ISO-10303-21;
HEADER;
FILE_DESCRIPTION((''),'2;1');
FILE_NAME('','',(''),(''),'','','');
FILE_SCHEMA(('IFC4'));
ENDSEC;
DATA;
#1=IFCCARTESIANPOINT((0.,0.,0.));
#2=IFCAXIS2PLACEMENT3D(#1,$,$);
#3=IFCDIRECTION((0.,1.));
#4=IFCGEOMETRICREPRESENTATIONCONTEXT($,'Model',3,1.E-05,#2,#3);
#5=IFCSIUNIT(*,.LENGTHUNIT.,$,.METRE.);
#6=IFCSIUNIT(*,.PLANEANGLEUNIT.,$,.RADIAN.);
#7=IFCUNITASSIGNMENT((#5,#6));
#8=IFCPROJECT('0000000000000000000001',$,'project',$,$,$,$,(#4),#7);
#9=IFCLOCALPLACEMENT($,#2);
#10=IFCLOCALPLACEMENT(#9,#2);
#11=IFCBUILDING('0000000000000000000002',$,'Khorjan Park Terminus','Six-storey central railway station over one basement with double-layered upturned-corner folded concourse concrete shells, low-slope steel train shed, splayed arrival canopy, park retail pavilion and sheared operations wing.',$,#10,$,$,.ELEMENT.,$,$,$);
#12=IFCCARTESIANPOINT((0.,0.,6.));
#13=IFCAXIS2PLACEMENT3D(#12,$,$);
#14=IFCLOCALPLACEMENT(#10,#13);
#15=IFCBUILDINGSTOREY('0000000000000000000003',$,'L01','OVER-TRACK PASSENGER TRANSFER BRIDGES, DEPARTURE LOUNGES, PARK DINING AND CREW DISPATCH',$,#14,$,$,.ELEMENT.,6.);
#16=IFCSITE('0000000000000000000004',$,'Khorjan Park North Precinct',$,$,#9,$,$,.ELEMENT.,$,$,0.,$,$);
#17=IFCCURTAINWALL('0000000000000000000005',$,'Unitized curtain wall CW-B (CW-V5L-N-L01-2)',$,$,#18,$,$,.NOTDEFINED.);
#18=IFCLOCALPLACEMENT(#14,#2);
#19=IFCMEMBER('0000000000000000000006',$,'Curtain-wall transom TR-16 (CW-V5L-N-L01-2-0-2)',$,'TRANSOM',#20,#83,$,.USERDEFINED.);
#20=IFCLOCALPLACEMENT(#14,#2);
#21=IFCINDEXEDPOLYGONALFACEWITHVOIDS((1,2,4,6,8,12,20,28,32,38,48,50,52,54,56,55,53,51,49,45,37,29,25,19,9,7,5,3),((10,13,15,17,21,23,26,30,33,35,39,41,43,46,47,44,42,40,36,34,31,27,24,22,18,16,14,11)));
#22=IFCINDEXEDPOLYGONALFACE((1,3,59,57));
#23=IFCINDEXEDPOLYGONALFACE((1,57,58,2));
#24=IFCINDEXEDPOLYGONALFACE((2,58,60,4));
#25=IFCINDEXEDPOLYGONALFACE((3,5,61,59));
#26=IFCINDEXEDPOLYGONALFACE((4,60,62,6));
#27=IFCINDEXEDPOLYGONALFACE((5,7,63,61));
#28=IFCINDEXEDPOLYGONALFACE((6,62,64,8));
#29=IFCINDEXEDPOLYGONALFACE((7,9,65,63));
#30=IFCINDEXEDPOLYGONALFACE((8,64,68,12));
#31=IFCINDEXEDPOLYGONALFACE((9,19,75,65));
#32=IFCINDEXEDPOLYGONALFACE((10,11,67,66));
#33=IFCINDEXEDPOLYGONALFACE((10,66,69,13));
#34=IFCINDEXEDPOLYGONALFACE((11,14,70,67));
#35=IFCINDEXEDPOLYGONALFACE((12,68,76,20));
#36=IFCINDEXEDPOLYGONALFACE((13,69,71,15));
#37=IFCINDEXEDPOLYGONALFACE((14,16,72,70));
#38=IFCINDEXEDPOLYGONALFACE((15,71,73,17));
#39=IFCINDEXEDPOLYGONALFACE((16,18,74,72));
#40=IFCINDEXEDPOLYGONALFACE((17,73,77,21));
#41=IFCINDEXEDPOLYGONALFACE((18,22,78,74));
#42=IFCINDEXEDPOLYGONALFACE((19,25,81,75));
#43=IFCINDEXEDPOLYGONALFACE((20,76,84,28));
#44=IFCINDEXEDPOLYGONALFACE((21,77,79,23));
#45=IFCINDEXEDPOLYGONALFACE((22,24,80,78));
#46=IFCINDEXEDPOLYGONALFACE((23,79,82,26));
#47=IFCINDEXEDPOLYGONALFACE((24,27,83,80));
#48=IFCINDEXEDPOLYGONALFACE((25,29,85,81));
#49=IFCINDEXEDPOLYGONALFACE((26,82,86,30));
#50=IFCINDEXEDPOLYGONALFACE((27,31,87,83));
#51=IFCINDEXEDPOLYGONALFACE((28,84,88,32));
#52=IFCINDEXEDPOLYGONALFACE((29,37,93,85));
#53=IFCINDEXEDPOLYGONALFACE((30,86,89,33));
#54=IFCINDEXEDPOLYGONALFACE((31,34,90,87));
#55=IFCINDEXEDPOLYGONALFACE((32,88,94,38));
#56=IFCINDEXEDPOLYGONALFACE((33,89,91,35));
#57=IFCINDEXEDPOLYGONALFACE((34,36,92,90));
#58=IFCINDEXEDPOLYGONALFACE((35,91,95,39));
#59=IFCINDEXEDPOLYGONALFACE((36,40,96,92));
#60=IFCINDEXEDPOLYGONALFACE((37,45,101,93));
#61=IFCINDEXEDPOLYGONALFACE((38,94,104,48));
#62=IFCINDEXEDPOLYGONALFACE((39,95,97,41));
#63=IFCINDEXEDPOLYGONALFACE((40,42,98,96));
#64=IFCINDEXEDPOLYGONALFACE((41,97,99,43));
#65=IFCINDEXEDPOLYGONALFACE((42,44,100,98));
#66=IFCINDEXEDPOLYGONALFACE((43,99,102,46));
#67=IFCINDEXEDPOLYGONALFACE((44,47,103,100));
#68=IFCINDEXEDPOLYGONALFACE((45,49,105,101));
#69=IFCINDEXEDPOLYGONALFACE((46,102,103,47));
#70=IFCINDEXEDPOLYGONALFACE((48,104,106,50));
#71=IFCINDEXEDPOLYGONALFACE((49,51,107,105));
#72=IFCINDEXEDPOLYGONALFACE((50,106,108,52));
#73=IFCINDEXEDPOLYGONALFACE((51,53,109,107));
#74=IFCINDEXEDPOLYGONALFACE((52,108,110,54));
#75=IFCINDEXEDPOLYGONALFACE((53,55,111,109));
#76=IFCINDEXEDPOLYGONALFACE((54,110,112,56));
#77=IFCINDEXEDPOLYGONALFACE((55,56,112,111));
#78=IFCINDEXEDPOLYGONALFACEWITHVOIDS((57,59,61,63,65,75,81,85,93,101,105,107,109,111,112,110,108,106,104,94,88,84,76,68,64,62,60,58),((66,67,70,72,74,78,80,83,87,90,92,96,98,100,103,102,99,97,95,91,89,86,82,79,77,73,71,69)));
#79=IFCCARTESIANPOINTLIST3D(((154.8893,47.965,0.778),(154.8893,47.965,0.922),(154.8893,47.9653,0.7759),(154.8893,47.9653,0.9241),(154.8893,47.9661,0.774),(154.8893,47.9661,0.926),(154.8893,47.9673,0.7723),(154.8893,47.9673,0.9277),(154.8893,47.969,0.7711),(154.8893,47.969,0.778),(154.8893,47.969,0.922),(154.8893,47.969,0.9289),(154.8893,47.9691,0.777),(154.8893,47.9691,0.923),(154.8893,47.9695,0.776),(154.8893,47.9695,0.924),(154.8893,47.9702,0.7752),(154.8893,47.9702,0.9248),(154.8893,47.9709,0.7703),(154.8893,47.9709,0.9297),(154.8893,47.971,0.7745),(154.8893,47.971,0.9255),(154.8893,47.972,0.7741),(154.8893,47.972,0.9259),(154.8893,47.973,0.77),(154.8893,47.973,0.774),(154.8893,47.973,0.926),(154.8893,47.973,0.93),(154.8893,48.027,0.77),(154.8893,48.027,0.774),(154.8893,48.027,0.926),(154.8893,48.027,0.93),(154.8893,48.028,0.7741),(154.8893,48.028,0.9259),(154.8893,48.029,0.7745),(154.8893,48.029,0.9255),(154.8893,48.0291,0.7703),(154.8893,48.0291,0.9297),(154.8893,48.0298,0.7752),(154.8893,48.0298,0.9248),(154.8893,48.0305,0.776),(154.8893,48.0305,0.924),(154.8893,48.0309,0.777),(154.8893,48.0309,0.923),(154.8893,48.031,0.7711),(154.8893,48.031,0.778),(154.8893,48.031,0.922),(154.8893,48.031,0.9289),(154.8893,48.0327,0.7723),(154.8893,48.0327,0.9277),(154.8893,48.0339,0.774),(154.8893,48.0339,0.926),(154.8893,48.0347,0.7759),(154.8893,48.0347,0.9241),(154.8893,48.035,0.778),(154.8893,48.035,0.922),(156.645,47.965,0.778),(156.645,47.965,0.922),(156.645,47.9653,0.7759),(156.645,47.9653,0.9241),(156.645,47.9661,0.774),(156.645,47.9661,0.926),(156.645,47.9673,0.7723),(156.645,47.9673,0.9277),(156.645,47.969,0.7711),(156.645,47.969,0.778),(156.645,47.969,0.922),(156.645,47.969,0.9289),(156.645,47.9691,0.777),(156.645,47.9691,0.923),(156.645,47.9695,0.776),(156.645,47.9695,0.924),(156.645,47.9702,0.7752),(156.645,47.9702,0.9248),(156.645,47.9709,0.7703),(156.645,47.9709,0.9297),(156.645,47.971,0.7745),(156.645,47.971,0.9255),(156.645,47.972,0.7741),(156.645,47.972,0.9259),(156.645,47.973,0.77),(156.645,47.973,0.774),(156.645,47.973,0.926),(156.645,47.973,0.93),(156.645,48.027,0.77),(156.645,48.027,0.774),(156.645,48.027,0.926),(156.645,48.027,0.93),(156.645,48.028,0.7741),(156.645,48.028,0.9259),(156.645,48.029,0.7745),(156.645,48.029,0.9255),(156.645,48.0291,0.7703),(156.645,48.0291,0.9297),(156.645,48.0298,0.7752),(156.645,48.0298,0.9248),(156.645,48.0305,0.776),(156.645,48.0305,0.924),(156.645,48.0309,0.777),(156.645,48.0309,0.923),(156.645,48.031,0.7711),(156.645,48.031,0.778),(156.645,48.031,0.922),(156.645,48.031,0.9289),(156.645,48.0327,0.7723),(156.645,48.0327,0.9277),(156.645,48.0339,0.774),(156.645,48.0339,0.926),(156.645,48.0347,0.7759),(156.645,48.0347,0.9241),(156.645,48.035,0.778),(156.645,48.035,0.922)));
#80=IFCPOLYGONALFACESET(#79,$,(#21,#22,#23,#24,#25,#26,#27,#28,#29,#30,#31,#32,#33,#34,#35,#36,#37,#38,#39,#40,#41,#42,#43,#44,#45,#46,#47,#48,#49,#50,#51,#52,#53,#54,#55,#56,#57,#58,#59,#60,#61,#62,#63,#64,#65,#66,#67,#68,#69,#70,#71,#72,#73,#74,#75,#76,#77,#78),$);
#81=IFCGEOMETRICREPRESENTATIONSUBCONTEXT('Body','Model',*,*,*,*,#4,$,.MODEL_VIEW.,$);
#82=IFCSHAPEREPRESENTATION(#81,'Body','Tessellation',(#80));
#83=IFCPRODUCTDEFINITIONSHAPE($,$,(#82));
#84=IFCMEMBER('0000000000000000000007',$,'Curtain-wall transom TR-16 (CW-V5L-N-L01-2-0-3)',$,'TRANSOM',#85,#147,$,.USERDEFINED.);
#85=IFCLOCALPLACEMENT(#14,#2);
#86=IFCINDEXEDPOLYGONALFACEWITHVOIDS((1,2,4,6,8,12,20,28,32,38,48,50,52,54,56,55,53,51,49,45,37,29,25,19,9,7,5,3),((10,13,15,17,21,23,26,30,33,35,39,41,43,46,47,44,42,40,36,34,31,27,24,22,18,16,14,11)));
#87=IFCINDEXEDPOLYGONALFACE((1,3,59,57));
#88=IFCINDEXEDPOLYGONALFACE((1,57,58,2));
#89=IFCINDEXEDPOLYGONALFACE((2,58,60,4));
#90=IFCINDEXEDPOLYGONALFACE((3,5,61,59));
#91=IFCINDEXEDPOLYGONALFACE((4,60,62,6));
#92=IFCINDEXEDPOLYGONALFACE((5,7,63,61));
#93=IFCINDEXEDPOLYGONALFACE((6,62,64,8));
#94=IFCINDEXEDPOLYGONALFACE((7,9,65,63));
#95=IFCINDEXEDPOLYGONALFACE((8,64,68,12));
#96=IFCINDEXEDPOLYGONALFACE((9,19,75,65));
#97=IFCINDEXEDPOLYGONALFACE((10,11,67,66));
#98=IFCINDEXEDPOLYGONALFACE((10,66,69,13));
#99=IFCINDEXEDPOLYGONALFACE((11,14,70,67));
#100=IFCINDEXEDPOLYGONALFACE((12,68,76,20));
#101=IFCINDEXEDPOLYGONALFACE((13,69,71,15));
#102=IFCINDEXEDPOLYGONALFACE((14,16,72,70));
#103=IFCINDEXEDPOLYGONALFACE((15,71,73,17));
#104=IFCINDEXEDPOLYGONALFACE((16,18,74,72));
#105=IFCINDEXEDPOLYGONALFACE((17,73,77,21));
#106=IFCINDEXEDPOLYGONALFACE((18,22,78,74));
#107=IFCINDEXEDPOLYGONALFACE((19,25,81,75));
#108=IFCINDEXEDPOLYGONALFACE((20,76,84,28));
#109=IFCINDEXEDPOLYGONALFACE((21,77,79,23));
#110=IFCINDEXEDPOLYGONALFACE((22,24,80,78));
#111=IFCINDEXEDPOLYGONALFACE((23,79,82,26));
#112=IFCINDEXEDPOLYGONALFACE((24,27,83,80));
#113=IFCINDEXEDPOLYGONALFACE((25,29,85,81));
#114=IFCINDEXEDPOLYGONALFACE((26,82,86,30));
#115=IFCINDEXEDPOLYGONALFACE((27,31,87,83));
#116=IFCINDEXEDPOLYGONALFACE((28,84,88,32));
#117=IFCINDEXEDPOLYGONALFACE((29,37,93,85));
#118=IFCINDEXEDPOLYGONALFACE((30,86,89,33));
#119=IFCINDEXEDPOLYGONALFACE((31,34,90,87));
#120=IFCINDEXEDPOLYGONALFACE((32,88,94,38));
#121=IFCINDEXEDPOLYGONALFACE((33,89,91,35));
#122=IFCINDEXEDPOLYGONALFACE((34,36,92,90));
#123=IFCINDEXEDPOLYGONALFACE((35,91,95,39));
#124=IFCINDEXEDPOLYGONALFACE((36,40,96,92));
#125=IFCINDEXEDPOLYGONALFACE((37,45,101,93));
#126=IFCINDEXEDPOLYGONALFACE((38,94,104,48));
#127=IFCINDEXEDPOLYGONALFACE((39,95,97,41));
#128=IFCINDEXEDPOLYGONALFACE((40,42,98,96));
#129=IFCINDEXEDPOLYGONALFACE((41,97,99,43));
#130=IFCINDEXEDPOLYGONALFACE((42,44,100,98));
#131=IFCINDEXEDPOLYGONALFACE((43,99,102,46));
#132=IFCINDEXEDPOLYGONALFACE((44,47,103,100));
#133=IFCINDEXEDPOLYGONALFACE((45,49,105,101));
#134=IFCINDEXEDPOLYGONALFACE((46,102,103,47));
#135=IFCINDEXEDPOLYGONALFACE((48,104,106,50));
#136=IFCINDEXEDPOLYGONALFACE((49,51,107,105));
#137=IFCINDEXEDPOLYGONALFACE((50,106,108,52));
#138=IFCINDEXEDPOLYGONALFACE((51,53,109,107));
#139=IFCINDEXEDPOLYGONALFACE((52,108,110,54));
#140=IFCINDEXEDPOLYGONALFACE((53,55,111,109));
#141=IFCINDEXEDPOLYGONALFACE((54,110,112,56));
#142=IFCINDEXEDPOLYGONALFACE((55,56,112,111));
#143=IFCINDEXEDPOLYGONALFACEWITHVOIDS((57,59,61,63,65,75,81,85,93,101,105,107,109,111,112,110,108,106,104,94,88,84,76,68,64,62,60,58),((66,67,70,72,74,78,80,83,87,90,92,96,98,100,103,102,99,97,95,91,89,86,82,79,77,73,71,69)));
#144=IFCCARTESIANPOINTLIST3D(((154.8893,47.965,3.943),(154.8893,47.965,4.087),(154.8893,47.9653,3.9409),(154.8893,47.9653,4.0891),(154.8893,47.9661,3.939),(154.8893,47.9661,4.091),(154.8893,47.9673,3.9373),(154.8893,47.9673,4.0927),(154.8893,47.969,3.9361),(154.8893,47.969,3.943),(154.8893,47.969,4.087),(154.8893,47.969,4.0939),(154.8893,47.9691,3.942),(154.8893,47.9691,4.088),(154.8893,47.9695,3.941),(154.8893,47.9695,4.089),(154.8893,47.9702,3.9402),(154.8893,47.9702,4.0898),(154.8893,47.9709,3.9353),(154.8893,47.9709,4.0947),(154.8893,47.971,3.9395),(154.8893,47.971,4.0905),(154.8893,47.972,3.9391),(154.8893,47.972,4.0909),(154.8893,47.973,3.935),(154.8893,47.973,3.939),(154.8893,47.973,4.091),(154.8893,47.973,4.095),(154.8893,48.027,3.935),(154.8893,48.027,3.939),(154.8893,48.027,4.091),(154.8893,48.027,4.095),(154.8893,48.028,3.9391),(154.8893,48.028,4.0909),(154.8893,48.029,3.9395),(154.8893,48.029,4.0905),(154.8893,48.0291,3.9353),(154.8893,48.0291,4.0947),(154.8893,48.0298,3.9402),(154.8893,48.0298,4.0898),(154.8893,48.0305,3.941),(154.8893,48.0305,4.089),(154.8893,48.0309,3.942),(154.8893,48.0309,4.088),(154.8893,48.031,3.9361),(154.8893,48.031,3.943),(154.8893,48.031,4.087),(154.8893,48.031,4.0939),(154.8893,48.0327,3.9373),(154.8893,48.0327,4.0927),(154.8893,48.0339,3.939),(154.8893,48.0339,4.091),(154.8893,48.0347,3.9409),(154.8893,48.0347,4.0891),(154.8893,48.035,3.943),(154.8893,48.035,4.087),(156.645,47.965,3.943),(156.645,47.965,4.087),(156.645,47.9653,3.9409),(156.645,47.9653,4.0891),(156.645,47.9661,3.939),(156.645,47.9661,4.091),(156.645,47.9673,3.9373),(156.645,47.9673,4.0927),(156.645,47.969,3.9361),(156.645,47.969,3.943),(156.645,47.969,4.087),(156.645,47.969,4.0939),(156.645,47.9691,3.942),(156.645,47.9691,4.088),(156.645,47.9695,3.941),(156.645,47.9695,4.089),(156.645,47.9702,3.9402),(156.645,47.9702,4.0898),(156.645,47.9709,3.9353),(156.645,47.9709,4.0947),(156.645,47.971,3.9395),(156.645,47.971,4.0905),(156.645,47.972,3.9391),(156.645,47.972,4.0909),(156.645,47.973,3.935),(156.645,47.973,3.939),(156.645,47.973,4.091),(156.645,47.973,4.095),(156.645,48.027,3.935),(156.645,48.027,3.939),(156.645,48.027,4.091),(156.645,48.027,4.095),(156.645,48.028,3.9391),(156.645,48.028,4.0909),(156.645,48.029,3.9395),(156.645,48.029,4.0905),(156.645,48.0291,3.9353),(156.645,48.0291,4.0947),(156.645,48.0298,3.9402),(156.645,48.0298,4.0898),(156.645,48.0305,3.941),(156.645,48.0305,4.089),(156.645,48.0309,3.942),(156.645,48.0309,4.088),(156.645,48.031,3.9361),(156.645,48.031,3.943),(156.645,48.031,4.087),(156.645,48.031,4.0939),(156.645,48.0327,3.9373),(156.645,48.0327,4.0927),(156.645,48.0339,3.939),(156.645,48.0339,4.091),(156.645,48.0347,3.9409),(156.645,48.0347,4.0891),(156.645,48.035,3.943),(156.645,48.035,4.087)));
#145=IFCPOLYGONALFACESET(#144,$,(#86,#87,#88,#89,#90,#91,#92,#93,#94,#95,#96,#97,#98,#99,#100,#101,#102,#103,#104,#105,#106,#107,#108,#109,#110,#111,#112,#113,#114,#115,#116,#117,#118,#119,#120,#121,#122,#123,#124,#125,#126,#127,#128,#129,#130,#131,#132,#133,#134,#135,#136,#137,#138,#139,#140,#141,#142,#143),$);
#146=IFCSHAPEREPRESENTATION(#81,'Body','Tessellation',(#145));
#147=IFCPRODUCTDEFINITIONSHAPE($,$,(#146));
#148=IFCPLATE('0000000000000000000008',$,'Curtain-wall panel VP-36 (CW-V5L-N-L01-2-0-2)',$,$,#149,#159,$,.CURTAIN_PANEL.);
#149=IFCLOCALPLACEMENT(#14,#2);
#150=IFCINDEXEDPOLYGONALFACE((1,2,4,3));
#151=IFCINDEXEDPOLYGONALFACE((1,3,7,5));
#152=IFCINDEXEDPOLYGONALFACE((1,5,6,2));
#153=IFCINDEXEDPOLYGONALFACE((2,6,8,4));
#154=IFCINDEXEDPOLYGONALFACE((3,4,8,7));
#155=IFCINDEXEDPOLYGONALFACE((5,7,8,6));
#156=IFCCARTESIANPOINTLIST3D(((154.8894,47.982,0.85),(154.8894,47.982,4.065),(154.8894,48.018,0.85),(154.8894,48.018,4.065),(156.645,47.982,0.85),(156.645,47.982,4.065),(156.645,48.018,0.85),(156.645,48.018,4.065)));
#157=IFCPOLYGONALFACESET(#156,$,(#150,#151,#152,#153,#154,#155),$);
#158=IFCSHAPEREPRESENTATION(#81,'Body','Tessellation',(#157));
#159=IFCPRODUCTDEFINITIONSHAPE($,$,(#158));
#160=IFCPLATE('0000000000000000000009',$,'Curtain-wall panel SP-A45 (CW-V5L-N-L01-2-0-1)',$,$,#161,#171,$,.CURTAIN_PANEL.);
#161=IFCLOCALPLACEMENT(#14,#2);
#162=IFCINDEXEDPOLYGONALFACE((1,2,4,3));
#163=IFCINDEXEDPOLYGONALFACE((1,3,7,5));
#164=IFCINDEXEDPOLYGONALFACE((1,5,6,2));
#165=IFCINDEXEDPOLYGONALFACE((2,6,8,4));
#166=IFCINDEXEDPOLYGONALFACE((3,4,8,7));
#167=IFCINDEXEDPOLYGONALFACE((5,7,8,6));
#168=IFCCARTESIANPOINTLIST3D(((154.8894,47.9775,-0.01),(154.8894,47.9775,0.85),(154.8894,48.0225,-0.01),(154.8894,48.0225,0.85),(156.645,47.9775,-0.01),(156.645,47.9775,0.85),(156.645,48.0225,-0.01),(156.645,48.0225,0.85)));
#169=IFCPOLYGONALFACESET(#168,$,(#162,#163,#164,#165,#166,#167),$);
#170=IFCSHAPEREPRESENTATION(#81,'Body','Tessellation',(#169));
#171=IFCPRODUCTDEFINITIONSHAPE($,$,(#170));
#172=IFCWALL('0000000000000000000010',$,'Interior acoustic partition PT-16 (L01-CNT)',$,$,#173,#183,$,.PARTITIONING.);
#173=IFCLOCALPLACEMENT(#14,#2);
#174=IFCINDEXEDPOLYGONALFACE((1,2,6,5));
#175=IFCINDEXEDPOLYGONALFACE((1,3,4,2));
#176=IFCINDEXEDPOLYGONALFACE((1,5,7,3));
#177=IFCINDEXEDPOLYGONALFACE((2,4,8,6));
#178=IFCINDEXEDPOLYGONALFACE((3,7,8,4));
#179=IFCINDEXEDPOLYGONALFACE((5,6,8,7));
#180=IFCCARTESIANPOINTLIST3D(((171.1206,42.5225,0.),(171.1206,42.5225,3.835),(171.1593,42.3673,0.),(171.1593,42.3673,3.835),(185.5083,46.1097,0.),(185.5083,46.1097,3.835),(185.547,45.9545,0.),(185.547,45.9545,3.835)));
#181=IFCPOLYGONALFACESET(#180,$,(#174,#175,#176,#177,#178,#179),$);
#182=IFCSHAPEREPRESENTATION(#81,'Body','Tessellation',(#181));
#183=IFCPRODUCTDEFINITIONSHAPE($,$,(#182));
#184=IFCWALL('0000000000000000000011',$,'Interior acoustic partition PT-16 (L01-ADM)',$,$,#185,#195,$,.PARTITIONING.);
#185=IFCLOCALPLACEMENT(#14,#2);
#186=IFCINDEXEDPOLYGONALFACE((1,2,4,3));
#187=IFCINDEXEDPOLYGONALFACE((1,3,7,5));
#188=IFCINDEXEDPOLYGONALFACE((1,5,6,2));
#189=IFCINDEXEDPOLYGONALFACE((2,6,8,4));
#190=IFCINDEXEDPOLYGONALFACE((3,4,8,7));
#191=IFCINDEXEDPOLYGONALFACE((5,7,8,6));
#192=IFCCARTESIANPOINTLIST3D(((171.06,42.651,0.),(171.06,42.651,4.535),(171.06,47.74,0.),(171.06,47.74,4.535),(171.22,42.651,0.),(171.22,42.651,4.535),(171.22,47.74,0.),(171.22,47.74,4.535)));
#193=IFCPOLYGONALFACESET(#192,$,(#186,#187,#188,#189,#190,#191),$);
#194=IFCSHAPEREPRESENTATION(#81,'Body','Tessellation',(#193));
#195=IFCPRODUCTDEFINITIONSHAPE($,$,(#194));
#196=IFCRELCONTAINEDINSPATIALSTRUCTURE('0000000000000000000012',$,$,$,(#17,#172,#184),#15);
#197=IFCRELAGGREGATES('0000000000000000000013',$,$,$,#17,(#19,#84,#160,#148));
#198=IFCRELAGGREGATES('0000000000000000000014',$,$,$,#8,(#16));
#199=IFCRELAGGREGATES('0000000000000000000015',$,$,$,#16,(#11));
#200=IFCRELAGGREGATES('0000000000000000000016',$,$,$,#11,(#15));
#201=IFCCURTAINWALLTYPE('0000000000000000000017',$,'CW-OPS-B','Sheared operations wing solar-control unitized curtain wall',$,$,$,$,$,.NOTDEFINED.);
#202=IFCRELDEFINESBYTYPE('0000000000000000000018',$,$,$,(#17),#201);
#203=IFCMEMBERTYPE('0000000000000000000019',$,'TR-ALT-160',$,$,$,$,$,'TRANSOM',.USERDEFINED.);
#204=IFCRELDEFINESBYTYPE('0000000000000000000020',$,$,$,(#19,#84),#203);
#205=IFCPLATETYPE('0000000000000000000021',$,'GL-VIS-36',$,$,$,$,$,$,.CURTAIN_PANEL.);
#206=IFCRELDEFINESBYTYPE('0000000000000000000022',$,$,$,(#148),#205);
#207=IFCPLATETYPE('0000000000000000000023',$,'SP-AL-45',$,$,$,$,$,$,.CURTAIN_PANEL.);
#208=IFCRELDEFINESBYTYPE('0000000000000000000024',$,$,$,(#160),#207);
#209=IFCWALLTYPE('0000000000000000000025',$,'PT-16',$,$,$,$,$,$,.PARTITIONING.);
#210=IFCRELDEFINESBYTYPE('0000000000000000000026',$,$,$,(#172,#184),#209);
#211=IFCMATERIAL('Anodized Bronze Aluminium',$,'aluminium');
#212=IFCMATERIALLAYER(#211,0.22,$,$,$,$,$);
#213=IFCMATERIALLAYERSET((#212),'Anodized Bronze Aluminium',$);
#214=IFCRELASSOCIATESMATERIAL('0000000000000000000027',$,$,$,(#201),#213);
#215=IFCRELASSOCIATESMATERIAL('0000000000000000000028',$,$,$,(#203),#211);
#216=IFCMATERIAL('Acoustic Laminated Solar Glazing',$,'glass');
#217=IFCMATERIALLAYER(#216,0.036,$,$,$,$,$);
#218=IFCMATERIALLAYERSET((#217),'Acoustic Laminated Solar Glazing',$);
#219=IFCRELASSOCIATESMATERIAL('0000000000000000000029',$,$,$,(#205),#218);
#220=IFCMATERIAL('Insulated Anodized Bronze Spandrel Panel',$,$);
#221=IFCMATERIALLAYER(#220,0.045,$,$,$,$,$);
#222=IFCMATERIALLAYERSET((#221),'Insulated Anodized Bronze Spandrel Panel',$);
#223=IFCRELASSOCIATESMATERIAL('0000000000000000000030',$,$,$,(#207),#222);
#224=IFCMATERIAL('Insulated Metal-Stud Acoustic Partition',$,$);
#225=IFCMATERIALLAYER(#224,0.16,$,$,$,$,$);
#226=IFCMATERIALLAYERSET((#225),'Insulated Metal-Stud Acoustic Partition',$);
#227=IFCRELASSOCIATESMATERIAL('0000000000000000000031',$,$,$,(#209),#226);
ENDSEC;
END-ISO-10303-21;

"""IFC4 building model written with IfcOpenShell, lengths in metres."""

from ifc_helpers import new_model, si_unit, direction, frame, frame_2d, origin, origin_2d, place, context, subcontext, project, spatial, rectangle, hollow_rectangle, extrude, material, layer, layer_set, material_profile, profile_set, type_object, element, aggregate, save


model = new_model("IFC4")

# Units and contexts
model_context = context("Model", 3, precision=1e-05, world=origin(), true_north=direction((0.0, 1.0)))
body_context = subcontext(model_context, "Body", "Model", "MODEL_VIEW")
ifc_project = project(units=[si_unit("LENGTHUNIT", "METRE"), si_unit("PLANEANGLEUNIT", "RADIAN")], contexts=[model_context])

# Site, building, storey
site_placement = place(None, origin())
site = spatial("IfcSite", under=ifc_project, at=site_placement, Name="Khorjan Park North Precinct", CompositionType="ELEMENT", RefElevation=0.0)
building_placement = place(site_placement, origin())
building = spatial("IfcBuilding", under=site, at=building_placement, Name="Khorjan Park Terminus", Description="Six-storey central railway station over one basement with double-layered upturned-corner folded concourse concrete shells, low-slope steel train shed, splayed arrival canopy, park retail pavilion and sheared operations wing.", CompositionType="ELEMENT")
storey_placement = place(building_placement, frame((0.0, 0.0, 6.0)))
storey = spatial("IfcBuildingStorey", under=building, at=storey_placement, Name="L01", Description="OVER-TRACK PASSENGER TRANSFER BRIDGES, DEPARTURE LOUNGES, PARK DINING AND CREW DISPATCH", CompositionType="ELEMENT", Elevation=6.0)

# Curtain wall, members, plates
ifc_material_1 = material(Name="Anodized Bronze Aluminium", Category="aluminium")
ifc_layer_1 = layer(ifc_material_1, 0.22)
ifc_layer_set_1 = layer_set([ifc_layer_1], Name="Anodized Bronze Aluminium")
curtain_wall_type = type_object("IfcCurtainWallType", Name="CW-OPS-B", Description="Sheared operations wing solar-control unitized curtain wall", PredefinedType="NOTDEFINED", material=ifc_layer_set_1)
curtain_wall_placement = place(storey_placement, origin())
curtain_wall = element("IfcCurtainWall", 1, at=curtain_wall_placement, inside=storey, type_object=curtain_wall_type, Name="Unitized curtain wall CW-B (CW-V5L-N-L01-2)", PredefinedType="NOTDEFINED")
ifc_material_profile_1 = material_profile(ifc_material_1, hollow_rectangle(XDim=0.07, YDim=0.16, WallThickness=0.004, InnerFilletRadius=0.004, OuterFilletRadius=0.008, at=origin_2d()), Name="ALT 70x160x4")
ifc_profile_set_1 = profile_set([ifc_material_profile_1], Name="Anodized Bronze Aluminium")
member_type_1 = type_object("IfcMemberType", Name="TR-ALT-160", ElementType="TRANSOM", PredefinedType="USERDEFINED", material=ifc_profile_set_1)
member_1_placement = place(storey_placement, frame((156.645, 48.0, 0.85), z_axis=(-1.0, 0.0, 0.0), x_axis=(0.0, -1.0, 0.0)))
member_1 = element("IfcMember", 2, at=member_1_placement, type_object=member_type_1, Name="Curtain-wall transom TR-16 (CW-V5L-N-L01-2-0-2)", ObjectType="TRANSOM", PredefinedType="USERDEFINED", context=body_context, shape_type="SweptSolid", body=[
    extrude(hollow_rectangle(XDim=0.07, YDim=0.16, WallThickness=0.004, InnerFilletRadius=0.004, OuterFilletRadius=0.008, at=origin_2d()), origin(), (0.0, 0.0, 1.0), 1.7557),
])
member_2_placement = place(storey_placement, frame((156.645, 48.0, 4.015), z_axis=(-1.0, 0.0, 0.0), x_axis=(0.0, -1.0, 0.0)))
member_2 = element("IfcMember", 3, at=member_2_placement, type_object=member_type_1, Name="Curtain-wall transom TR-16 (CW-V5L-N-L01-2-0-3)", ObjectType="TRANSOM", PredefinedType="USERDEFINED", context=body_context, shape_type="SweptSolid", body=[
    extrude(hollow_rectangle(XDim=0.07, YDim=0.16, WallThickness=0.004, InnerFilletRadius=0.004, OuterFilletRadius=0.008, at=origin_2d()), origin(), (0.0, 0.0, 1.0), 1.7557),
])
ifc_material_2 = material(Name="Acoustic Laminated Solar Glazing", Category="glass")
ifc_layer_2 = layer(ifc_material_2, 0.036)
ifc_layer_set_2 = layer_set([ifc_layer_2], Name="Acoustic Laminated Solar Glazing")
plate_type_1 = type_object("IfcPlateType", Name="GL-VIS-36", PredefinedType="CURTAIN_PANEL", material=ifc_layer_set_2)
plate_1_placement = place(storey_placement, frame((155.7672, 48.0, 0.85), z_axis=(0.0, 0.0, 1.0), x_axis=(-1.0, 0.0, 0.0)))
plate_1 = element("IfcPlate", 4, at=plate_1_placement, type_object=plate_type_1, Name="Curtain-wall panel VP-36 (CW-V5L-N-L01-2-0-2)", PredefinedType="CURTAIN_PANEL", context=body_context, shape_type="SweptSolid", body=[
    extrude(rectangle(XDim=1.7557, YDim=0.036, at=origin_2d()), origin(), (0.0, 0.0, 1.0), 3.215),
])
ifc_material_3 = material(Name="Insulated Anodized Bronze Spandrel Panel")
ifc_layer_3 = layer(ifc_material_3, 0.045)
ifc_layer_set_3 = layer_set([ifc_layer_3], Name="Insulated Anodized Bronze Spandrel Panel")
plate_type_2 = type_object("IfcPlateType", Name="SP-AL-45", PredefinedType="CURTAIN_PANEL", material=ifc_layer_set_3)
plate_2_placement = place(storey_placement, frame((155.7672, 48.0, -0.01), z_axis=(0.0, 0.0, 1.0), x_axis=(-1.0, 0.0, 0.0)))
plate_2 = element("IfcPlate", 5, at=plate_2_placement, type_object=plate_type_2, Name="Curtain-wall panel SP-A45 (CW-V5L-N-L01-2-0-1)", PredefinedType="CURTAIN_PANEL", context=body_context, shape_type="SweptSolid", body=[
    extrude(rectangle(XDim=1.7557, YDim=0.045, at=origin_2d()), origin(), (0.0, 0.0, 1.0), 0.86),
])
aggregate(curtain_wall, [member_1, member_2, plate_2, plate_1])

# Walls
ifc_material_4 = material(Name="Insulated Metal-Stud Acoustic Partition")
ifc_layer_4 = layer(ifc_material_4, 0.16)
ifc_layer_set_4 = layer_set([ifc_layer_4], Name="Insulated Metal-Stud Acoustic Partition")
wall_type = type_object("IfcWallType", Name="PT-16", PredefinedType="PARTITIONING", material=ifc_layer_set_4)
wall_1_placement = place(storey_placement, frame((171.14, 42.4449, 0.0), z_axis=(0.0, 0.0, 1.0), x_axis=(0.970297, 0.241918, 0.0)))
element("IfcWall", 6, at=wall_1_placement, inside=storey, type_object=wall_type, Name="Interior acoustic partition PT-16 (L01-CNT)", PredefinedType="PARTITIONING", context=body_context, shape_type="SweptSolid", body=[
    extrude(rectangle(XDim=14.8281, YDim=0.16, at=frame_2d((7.414, 0.0))), origin(), (0.0, 0.0, 1.0), 3.835),
])
wall_2_placement = place(storey_placement, frame((171.14, 42.651, 0.0), z_axis=(0.0, 0.0, 1.0), x_axis=(0.0, 1.0, 0.0)))
element("IfcWall", 7, at=wall_2_placement, inside=storey, type_object=wall_type, Name="Interior acoustic partition PT-16 (L01-ADM)", PredefinedType="PARTITIONING", context=body_context, shape_type="SweptSolid", body=[
    extrude(rectangle(XDim=5.089, YDim=0.16, at=frame_2d((2.5445, 0.0))), origin(), (0.0, 0.0, 1.0), 4.535),
])

save(model, "model.ifc")
